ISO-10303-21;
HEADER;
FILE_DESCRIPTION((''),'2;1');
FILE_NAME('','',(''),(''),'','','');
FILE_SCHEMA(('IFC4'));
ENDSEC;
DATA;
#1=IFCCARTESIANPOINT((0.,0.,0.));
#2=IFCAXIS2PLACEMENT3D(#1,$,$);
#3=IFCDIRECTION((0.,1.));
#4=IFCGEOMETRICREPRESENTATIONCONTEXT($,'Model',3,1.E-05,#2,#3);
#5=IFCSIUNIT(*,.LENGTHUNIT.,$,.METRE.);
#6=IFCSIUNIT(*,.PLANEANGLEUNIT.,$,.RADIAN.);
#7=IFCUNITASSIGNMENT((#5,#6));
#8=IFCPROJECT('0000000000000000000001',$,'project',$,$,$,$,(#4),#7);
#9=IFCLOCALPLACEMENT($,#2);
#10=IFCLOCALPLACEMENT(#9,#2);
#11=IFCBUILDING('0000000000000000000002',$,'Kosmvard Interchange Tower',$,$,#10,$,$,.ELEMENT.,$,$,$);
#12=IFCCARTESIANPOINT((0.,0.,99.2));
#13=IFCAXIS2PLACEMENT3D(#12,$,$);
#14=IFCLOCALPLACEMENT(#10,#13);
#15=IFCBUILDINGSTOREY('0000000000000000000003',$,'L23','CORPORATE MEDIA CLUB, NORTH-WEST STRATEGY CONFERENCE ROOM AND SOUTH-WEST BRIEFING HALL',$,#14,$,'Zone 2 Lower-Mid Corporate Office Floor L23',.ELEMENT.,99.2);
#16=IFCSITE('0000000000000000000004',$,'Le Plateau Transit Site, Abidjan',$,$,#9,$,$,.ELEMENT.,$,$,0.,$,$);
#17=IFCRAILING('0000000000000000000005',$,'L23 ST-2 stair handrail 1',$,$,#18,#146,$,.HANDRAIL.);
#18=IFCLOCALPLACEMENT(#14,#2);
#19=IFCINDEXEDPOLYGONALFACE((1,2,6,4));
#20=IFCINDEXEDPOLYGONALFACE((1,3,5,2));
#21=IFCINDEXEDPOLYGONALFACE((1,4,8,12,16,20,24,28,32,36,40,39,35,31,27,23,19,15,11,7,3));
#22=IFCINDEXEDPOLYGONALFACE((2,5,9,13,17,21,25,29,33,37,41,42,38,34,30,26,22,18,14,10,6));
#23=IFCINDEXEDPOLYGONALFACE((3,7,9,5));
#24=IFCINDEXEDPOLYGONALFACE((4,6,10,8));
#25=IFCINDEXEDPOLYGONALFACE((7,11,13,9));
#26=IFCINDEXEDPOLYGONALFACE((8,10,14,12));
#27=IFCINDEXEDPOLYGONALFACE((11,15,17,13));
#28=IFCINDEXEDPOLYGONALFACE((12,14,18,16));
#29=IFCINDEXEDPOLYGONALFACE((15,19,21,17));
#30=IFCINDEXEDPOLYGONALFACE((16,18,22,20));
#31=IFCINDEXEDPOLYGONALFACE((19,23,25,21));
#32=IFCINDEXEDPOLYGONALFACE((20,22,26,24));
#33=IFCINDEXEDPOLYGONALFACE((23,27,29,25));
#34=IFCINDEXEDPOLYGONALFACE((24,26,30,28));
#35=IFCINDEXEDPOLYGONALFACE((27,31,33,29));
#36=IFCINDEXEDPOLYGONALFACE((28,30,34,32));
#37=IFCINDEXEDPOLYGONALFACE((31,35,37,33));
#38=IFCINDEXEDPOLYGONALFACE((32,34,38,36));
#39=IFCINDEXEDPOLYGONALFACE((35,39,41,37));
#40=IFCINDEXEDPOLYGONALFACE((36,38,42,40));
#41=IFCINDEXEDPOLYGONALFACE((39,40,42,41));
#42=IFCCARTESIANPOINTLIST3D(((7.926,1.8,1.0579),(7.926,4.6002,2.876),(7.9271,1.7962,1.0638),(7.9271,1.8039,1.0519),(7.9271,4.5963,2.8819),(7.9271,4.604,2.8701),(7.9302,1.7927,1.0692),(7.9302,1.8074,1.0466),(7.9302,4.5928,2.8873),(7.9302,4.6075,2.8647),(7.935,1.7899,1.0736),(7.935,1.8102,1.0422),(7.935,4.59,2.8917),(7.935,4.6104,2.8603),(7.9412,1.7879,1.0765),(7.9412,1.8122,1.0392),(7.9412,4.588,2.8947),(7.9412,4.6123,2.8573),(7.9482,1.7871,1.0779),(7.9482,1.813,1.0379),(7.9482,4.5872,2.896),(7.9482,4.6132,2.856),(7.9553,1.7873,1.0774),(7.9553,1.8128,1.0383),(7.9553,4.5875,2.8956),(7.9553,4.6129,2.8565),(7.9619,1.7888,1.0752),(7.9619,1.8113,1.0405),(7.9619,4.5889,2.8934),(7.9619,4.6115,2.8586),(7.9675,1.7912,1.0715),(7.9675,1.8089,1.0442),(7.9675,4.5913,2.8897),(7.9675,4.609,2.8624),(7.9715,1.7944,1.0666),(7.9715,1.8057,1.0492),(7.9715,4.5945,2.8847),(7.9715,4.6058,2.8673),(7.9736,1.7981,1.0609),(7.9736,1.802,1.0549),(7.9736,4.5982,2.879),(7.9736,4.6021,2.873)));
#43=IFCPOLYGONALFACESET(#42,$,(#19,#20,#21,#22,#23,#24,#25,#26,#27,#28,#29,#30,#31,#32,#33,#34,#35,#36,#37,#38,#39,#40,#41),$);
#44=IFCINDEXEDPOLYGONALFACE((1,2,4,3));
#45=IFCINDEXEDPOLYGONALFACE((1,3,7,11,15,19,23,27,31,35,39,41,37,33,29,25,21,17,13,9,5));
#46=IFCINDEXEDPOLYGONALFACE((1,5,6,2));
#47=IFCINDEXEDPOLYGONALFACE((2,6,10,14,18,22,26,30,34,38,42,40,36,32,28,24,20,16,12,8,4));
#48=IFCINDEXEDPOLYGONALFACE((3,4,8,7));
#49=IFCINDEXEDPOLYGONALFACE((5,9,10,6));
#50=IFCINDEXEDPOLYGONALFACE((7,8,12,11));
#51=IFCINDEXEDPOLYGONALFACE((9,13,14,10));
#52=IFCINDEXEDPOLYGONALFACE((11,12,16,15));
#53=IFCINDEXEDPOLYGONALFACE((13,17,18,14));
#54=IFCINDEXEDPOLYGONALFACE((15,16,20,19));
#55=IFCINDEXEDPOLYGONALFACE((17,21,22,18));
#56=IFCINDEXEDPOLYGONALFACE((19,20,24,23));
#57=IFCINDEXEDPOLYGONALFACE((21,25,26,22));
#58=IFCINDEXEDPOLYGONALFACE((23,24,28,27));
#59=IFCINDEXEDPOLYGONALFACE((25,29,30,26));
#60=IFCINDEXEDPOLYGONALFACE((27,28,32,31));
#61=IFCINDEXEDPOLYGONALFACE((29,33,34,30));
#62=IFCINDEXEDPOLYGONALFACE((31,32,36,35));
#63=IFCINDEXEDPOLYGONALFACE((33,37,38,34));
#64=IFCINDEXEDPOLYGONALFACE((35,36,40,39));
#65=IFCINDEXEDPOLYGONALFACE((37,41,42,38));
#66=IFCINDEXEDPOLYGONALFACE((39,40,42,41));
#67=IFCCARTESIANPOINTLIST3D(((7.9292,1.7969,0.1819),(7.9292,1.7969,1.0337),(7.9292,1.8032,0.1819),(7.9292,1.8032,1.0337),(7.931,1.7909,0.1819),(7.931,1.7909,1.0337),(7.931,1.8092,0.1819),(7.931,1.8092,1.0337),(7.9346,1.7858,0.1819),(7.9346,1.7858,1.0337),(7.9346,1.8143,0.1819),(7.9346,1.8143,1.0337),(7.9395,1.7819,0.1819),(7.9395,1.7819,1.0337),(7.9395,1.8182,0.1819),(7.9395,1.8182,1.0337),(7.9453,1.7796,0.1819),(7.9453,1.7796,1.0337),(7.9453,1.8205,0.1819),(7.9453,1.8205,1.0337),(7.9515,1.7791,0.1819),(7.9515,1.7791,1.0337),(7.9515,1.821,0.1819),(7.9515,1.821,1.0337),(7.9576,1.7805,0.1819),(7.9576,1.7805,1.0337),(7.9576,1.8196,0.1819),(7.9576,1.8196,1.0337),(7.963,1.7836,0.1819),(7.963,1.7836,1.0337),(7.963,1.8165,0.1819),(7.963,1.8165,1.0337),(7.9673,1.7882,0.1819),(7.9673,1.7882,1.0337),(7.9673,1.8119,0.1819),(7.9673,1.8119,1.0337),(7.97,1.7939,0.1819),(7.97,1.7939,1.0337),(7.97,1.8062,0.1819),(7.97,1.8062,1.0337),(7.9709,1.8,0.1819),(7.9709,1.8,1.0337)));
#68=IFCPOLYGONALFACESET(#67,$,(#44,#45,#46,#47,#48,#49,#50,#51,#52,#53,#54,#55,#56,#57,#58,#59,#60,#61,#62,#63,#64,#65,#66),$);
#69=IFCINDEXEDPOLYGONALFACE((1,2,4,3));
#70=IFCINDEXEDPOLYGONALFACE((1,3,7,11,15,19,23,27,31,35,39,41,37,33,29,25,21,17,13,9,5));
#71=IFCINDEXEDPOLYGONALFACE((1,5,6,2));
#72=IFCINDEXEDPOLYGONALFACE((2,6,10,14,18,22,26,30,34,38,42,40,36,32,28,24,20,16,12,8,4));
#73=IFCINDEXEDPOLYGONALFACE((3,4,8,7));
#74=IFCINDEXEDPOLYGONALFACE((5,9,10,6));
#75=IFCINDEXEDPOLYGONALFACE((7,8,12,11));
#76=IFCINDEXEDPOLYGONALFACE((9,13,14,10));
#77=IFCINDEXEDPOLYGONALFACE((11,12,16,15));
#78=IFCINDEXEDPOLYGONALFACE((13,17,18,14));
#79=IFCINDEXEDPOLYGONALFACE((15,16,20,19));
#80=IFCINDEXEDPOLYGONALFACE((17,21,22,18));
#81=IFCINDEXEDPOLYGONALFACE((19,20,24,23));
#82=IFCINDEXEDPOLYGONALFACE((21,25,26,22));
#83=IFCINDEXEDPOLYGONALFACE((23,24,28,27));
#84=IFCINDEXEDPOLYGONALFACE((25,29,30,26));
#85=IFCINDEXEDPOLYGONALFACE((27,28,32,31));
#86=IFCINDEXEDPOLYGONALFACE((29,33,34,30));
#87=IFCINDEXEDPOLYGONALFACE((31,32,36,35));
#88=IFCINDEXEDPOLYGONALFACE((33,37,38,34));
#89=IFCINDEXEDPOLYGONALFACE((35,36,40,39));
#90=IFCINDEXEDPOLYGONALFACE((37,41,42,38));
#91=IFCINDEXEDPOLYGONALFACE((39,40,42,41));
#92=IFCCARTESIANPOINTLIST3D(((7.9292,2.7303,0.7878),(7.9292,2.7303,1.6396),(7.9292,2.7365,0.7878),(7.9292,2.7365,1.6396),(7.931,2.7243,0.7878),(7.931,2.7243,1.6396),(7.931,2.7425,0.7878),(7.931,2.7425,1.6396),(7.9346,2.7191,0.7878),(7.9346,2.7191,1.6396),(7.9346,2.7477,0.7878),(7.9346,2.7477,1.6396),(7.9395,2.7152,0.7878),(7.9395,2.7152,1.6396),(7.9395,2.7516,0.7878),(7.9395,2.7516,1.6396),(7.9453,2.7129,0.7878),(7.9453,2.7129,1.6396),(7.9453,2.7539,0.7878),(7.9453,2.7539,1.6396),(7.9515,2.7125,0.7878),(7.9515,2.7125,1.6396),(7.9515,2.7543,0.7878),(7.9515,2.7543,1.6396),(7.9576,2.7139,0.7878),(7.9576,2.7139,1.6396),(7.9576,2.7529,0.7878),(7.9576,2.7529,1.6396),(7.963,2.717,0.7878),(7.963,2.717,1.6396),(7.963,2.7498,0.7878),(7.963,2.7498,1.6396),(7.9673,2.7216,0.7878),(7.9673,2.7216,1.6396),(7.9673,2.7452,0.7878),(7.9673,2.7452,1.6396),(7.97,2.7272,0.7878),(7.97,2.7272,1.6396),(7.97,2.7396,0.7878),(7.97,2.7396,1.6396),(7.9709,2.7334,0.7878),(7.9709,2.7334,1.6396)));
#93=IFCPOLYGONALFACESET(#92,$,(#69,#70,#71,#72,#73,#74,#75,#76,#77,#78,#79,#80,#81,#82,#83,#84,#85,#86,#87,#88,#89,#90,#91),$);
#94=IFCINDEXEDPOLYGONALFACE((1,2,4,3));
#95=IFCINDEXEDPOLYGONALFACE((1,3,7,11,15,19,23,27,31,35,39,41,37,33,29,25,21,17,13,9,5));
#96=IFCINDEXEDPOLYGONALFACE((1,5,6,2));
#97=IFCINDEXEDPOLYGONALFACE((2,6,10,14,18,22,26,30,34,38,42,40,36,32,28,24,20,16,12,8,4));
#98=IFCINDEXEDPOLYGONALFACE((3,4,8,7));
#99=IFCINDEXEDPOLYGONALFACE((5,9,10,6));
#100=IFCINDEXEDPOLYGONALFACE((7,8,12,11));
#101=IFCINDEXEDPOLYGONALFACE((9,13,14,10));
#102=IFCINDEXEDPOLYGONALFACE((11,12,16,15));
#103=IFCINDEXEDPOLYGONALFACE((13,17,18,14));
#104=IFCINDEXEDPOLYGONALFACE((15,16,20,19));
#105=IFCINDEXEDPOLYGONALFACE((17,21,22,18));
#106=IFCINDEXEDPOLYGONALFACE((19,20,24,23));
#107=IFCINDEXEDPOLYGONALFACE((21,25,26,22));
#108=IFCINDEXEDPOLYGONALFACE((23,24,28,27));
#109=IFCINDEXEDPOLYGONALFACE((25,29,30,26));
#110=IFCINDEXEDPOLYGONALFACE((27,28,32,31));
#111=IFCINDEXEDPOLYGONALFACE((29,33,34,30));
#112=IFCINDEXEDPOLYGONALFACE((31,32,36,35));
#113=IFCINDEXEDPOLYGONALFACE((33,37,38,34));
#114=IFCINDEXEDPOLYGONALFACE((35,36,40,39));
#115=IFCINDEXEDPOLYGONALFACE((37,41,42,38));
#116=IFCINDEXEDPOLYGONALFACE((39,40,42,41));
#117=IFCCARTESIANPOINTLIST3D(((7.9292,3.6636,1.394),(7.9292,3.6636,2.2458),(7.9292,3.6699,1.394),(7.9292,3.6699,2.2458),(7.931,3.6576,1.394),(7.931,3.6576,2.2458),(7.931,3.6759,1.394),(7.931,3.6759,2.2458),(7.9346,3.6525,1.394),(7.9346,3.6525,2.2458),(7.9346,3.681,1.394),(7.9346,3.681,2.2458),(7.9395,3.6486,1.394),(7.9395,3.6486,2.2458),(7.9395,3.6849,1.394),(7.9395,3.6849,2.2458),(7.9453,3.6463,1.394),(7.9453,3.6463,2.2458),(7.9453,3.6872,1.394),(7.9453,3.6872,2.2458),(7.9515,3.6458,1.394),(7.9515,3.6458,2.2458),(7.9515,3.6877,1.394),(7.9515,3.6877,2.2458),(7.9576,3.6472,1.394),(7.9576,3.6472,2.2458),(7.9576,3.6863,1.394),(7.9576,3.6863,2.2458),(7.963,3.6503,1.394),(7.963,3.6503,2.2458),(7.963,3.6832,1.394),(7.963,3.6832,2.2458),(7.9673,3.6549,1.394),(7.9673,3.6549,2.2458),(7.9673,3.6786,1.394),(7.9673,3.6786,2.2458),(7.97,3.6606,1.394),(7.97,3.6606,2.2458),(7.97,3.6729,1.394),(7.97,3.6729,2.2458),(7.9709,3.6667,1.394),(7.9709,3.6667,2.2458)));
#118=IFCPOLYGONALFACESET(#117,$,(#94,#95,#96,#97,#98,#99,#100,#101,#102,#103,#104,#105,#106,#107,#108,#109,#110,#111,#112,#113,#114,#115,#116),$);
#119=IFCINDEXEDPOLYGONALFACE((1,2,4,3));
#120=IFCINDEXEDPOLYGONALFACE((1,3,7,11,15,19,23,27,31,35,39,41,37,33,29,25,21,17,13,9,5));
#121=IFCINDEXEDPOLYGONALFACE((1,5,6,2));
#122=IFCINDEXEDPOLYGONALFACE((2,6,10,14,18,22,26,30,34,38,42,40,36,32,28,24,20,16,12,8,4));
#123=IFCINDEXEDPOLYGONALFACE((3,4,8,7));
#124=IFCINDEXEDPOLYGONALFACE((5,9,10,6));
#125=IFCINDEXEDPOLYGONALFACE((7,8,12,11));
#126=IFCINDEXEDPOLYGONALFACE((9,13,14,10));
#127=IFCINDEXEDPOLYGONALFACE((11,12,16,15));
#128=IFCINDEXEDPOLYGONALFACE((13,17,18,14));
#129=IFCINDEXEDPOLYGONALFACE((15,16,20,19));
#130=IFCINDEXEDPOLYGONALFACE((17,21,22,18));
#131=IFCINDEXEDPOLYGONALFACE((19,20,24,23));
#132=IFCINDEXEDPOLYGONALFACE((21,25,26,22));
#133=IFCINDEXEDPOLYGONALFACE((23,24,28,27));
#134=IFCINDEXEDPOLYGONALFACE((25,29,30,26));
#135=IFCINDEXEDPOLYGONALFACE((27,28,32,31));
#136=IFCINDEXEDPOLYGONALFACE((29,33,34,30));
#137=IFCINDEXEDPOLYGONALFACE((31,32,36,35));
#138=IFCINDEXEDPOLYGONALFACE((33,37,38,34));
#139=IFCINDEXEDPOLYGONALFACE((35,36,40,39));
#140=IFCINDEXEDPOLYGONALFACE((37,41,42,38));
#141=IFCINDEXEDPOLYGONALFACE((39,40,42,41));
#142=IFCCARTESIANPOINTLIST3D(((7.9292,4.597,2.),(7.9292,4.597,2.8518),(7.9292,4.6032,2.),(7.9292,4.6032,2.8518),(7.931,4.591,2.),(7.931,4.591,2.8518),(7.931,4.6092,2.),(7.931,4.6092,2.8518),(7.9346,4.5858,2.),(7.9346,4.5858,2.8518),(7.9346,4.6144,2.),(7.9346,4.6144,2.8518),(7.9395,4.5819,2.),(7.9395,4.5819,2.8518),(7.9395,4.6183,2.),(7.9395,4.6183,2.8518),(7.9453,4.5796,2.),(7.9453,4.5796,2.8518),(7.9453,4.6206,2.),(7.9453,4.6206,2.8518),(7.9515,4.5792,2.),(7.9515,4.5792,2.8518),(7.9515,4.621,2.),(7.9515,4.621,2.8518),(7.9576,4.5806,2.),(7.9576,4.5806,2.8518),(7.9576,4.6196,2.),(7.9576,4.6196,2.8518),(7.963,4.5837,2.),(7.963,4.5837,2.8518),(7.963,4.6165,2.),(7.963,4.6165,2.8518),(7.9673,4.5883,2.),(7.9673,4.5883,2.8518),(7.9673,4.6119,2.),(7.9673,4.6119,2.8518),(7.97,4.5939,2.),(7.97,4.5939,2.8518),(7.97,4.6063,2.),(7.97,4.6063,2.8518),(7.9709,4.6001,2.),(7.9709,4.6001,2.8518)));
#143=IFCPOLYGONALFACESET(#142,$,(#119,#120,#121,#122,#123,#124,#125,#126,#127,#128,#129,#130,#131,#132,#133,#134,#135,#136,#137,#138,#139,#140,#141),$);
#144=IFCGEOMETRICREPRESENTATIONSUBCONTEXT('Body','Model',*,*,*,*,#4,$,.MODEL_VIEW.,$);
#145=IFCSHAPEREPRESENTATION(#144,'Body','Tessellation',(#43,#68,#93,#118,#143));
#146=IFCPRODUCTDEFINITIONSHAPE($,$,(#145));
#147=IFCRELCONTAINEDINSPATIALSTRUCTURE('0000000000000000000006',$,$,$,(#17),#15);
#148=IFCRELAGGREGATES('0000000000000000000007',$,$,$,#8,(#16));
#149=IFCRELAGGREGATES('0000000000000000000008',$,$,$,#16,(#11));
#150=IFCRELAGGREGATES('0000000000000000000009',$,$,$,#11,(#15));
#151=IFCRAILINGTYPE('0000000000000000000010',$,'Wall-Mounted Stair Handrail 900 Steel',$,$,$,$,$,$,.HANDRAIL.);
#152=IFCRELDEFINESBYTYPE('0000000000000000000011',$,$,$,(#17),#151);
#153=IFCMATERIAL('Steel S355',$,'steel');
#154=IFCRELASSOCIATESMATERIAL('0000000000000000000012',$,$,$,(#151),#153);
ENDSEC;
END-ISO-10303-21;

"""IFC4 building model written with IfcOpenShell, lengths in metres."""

from ifc_helpers import new_model, si_unit, direction, frame, origin, origin_2d, place, context, subcontext, project, spatial, circle, extrude, source, transform, mapped, material, type_object, element, save


model = new_model("IFC4")

# Units and contexts
model_context = context("Model", 3, precision=1e-05, world=origin(), true_north=direction((0.0, 1.0)))
body_context = subcontext(model_context, "Body", "Model", "MODEL_VIEW")
ifc_project = project(units=[si_unit("LENGTHUNIT", "METRE"), si_unit("PLANEANGLEUNIT", "RADIAN")], contexts=[model_context])

# Site, building, storey
site_placement = place(None, origin())
site = spatial("IfcSite", under=ifc_project, at=site_placement, Name="Le Plateau Transit Site, Abidjan", CompositionType="ELEMENT", RefElevation=0.0)
building_placement = place(site_placement, origin())
building = spatial("IfcBuilding", under=site, at=building_placement, Name="Kosmvard Interchange Tower", CompositionType="ELEMENT")
storey_placement = place(building_placement, frame((0.0, 0.0, 99.2)))
storey = spatial("IfcBuildingStorey", under=building, at=storey_placement, Name="L23", Description="CORPORATE MEDIA CLUB, NORTH-WEST STRATEGY CONFERENCE ROOM AND SOUTH-WEST BRIEFING HALL", LongName="Zone 2 Lower-Mid Corporate Office Floor L23", CompositionType="ELEMENT", Elevation=99.2)

# Railing
ifc_material_1 = material(Name="Steel S355", Category="steel")
railing_type_1 = type_object("IfcRailingType", Name="Wall-Mounted Stair Handrail 900 Steel", PredefinedType="HANDRAIL", material=ifc_material_1)
shared_shape_1 = source(origin(), body_context, "Body", "SweptSolid", [
    extrude(circle(Radius=0.0239, at=origin_2d()), frame((0.0, 0.0, 0.876), z_axis=(0.0, 0.838706, 0.544585), x_axis=(-1.0, 0.0, 0.0)), (0.0, 0.0, 1.0), 3.3386),
    extrude(circle(Radius=0.021, at=origin_2d()), origin(), (0.0, 0.0, 1.0), 0.8518),
    extrude(circle(Radius=0.021, at=origin_2d()), frame((0.0, 0.9333, 0.606)), (0.0, 0.0, 1.0), 0.8518),
    extrude(circle(Radius=0.021, at=origin_2d()), frame((0.0, 1.8667, 1.2122)), (0.0, 0.0, 1.0), 0.8518),
    extrude(circle(Radius=0.021, at=origin_2d()), frame((0.0, 2.8, 1.8181)), (0.0, 0.0, 1.0), 0.8518),
])
railing_1_placement = place(storey_placement, frame((7.95, 1.8, 0.1819)))
element("IfcRailing", 1, at=railing_1_placement, inside=storey, type_object=railing_type_1, Name="L23 ST-2 stair handrail 1", PredefinedType="HANDRAIL", context=body_context, shape_type="MappedRepresentation", body=[
    mapped(shared_shape_1, transform((0.0, 0.0, 0.0), scale=1.0)),
])

save(model, "model.ifc")
